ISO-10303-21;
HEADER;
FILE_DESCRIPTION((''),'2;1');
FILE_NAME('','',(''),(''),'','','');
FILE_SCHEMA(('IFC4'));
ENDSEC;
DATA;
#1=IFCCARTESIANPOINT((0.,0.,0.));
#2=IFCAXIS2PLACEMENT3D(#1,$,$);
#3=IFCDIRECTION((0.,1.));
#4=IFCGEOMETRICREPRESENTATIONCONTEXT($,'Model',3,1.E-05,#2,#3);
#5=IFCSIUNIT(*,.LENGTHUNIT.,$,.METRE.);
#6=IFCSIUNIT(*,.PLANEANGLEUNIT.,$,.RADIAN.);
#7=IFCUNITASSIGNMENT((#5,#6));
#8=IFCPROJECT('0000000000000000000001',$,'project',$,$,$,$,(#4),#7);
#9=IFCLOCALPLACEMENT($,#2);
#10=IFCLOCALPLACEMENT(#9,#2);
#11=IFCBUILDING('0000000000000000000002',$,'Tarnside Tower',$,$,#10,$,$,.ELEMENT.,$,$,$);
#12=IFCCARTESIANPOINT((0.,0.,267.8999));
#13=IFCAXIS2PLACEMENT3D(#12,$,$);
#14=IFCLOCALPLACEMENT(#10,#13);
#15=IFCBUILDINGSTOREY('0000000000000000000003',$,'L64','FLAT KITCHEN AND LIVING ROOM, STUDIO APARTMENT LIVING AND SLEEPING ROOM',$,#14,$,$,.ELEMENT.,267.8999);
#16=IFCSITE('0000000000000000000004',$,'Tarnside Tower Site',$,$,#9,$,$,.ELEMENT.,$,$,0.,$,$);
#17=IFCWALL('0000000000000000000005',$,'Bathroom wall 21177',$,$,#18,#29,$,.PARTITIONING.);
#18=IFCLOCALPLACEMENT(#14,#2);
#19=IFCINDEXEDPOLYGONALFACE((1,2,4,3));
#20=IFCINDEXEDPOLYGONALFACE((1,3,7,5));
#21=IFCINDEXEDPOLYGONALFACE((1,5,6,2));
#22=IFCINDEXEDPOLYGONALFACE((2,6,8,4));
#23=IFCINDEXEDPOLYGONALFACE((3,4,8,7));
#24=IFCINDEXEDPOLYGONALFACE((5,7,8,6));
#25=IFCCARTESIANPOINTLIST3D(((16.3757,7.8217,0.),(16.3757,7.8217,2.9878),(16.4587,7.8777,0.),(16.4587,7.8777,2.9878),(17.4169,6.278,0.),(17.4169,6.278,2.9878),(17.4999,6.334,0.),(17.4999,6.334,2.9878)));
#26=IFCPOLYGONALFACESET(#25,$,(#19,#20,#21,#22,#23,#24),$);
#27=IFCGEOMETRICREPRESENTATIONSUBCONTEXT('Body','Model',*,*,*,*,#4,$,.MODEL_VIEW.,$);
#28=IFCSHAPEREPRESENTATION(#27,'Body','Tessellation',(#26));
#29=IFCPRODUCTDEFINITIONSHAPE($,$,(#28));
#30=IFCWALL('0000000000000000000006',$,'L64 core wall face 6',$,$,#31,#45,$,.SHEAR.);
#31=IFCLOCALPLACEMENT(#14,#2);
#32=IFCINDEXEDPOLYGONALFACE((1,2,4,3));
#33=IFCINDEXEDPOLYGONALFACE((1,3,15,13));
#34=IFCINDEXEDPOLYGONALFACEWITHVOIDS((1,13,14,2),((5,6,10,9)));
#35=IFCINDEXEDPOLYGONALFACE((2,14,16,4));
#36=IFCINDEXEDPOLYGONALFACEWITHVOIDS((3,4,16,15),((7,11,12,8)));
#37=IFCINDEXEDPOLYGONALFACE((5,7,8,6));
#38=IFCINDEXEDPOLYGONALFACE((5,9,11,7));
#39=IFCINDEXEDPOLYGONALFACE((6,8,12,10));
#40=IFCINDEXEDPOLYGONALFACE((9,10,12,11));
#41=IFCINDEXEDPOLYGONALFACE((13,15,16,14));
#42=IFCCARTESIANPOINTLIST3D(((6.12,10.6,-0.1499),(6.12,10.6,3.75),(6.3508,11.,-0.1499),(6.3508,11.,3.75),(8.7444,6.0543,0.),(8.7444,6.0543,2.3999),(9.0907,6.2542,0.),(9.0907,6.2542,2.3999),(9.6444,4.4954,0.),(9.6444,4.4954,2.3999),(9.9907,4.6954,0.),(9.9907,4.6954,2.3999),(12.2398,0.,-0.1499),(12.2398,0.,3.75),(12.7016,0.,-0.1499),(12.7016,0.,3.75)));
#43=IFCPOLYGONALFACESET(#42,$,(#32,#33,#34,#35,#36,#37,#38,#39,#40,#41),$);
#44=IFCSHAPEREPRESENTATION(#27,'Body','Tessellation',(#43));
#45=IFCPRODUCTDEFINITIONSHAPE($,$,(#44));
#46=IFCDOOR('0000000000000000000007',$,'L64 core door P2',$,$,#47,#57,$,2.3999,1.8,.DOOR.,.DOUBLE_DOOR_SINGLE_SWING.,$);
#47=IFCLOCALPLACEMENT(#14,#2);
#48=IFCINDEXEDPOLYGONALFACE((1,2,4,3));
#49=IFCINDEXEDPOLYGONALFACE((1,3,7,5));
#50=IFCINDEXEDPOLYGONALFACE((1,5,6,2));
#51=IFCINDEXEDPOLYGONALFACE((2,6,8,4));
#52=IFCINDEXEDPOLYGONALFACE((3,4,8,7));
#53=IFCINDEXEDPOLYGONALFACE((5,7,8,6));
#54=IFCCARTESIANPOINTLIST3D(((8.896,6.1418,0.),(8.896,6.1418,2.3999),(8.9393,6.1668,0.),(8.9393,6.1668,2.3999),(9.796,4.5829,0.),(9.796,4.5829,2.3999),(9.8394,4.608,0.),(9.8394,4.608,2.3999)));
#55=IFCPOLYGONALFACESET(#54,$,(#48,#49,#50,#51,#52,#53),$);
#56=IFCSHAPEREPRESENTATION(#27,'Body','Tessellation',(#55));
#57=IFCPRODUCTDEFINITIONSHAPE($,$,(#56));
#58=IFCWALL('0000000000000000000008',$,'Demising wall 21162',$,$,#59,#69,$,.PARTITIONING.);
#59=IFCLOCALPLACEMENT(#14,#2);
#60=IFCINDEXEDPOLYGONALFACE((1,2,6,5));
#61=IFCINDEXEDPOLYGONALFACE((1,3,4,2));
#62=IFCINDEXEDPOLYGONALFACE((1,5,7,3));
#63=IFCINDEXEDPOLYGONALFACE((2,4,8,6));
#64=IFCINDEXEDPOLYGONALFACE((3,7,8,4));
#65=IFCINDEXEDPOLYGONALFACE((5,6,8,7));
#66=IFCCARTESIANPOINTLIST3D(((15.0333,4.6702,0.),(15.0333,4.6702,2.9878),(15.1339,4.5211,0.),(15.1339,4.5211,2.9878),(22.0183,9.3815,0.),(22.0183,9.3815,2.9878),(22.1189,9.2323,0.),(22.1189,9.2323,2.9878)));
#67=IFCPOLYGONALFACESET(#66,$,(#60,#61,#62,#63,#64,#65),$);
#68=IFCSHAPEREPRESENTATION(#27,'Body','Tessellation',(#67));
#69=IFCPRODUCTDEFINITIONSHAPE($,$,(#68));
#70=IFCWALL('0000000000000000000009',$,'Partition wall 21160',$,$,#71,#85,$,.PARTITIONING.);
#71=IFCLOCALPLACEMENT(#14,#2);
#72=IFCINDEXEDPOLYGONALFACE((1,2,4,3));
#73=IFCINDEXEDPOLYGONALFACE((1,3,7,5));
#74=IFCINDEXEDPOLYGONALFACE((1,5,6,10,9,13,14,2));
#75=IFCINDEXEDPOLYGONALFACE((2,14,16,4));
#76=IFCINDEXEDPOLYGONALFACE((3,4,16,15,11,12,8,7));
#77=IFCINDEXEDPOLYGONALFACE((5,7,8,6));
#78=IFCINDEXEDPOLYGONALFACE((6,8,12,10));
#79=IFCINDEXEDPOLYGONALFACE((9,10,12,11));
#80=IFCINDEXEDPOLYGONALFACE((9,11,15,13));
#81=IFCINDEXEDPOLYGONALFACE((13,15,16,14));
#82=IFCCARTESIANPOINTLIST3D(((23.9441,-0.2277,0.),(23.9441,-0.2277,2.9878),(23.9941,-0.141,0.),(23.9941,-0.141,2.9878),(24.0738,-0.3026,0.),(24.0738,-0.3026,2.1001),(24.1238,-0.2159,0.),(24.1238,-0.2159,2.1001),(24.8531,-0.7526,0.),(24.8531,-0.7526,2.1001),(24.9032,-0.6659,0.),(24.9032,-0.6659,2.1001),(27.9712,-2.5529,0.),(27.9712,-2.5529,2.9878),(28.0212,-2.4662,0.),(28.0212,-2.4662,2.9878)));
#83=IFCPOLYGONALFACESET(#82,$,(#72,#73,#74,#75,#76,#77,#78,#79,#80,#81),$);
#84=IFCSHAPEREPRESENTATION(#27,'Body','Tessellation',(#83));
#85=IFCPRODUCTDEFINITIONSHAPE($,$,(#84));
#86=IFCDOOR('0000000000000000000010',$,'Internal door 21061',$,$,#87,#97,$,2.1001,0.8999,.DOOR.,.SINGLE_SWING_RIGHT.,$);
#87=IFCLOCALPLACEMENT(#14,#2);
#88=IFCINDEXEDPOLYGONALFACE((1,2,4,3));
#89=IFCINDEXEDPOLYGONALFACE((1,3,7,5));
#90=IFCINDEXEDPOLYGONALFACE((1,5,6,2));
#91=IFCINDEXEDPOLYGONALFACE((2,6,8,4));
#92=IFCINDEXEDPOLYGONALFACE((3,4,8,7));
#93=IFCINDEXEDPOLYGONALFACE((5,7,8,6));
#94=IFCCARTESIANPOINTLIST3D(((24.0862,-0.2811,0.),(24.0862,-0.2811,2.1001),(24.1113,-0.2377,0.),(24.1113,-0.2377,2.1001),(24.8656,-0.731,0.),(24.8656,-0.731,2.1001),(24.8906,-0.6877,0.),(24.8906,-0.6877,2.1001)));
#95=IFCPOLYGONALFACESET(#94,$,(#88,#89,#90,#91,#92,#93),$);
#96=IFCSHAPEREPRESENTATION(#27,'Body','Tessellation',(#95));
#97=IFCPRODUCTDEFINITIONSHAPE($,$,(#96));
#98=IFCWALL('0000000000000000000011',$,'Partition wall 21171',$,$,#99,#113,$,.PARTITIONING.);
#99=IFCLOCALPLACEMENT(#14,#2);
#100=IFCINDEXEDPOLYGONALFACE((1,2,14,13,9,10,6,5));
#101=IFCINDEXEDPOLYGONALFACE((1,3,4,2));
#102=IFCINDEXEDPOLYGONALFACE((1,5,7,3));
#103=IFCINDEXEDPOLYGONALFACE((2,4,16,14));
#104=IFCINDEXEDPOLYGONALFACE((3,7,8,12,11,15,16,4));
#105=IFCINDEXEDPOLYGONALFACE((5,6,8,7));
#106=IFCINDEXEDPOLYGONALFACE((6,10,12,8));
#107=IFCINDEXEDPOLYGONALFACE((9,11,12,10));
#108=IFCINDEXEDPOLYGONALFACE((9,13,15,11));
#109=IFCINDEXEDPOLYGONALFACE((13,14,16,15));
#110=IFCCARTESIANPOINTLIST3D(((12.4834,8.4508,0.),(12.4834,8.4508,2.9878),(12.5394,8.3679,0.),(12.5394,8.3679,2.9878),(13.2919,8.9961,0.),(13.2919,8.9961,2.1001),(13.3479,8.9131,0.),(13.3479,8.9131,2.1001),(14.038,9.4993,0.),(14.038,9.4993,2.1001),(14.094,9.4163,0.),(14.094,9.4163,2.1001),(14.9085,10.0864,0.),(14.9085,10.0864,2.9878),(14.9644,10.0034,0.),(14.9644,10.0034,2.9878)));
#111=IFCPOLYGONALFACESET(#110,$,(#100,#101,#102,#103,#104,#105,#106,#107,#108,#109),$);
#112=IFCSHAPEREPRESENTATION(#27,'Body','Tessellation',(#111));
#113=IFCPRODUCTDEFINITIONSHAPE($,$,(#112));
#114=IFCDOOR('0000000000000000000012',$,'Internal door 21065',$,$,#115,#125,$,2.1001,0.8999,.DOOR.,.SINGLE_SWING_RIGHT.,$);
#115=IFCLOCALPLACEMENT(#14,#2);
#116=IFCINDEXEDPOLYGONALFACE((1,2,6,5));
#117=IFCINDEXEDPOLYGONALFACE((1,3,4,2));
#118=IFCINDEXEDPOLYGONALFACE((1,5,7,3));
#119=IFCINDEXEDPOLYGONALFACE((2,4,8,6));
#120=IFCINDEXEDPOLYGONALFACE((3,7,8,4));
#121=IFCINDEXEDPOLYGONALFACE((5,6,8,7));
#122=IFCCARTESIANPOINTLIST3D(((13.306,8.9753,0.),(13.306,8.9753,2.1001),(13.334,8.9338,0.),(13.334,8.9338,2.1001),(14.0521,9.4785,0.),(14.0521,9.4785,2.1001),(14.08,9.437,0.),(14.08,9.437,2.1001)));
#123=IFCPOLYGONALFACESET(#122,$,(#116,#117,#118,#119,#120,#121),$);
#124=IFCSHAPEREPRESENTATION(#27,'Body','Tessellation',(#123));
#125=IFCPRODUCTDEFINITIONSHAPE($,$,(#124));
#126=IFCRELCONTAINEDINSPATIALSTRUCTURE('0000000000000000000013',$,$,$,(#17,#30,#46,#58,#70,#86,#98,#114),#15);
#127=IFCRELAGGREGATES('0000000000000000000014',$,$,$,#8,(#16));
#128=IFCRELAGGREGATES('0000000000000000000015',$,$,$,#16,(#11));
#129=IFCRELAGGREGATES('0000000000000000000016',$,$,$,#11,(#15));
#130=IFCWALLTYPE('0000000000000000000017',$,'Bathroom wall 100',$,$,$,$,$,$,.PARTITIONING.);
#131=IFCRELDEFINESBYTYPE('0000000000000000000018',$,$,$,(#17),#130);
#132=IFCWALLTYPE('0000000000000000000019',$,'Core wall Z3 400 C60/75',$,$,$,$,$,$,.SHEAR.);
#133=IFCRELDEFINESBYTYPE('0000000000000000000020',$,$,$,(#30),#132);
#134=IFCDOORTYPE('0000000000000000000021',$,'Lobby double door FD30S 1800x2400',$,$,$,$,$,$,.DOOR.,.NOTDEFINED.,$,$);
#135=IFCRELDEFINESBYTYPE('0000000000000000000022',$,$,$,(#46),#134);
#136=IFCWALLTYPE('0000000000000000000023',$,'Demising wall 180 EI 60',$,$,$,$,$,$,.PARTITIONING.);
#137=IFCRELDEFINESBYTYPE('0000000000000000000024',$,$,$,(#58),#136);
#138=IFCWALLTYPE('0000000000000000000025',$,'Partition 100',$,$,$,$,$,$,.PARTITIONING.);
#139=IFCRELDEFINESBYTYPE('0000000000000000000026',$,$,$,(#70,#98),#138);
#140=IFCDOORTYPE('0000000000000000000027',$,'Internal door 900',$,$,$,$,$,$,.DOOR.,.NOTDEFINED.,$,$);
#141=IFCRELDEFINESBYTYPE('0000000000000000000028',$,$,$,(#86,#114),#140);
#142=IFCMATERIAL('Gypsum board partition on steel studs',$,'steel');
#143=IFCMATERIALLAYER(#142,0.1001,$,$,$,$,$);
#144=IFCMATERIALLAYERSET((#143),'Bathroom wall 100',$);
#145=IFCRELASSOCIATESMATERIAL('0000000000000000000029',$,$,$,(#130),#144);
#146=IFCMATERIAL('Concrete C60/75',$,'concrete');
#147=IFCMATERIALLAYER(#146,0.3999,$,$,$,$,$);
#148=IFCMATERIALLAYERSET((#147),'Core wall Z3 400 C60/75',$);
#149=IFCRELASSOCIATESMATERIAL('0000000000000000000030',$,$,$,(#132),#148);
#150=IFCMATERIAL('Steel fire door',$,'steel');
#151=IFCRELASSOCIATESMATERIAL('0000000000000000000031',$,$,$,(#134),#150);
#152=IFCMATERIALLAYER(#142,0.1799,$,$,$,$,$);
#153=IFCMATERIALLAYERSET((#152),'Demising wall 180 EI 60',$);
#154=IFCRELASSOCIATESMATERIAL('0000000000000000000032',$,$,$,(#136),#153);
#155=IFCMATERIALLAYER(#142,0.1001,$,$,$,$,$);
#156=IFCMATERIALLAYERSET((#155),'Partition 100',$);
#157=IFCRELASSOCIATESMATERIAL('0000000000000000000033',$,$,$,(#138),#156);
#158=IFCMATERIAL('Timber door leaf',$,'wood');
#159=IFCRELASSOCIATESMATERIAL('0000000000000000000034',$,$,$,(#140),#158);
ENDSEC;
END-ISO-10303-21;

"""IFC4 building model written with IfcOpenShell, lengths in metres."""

from ifc_helpers import new_model, si_unit, direction, frame, frame_2d, origin, place, context, subcontext, project, spatial, polyline, rectangle, outline, extrude, material, layer, layer_set, type_object, element, fill, save


model = new_model("IFC4")

# Units and contexts
model_context = context("Model", 3, precision=1e-05, world=origin(), true_north=direction((0.0, 1.0)))
body_context = subcontext(model_context, "Body", "Model", "MODEL_VIEW")
ifc_project = project(units=[si_unit("LENGTHUNIT", "METRE"), si_unit("PLANEANGLEUNIT", "RADIAN")], contexts=[model_context])

# Site, building, storey
site_placement = place(None, origin())
site = spatial("IfcSite", under=ifc_project, at=site_placement, Name="Tarnside Tower Site", CompositionType="ELEMENT", RefElevation=0.0)
building_placement = place(site_placement, origin())
building = spatial("IfcBuilding", under=site, at=building_placement, Name="Tarnside Tower", CompositionType="ELEMENT")
storey_placement = place(building_placement, frame((0.0, 0.0, 267.8999)))
storey = spatial("IfcBuildingStorey", under=building, at=storey_placement, Name="L64", Description="FLAT KITCHEN AND LIVING ROOM, STUDIO APARTMENT LIVING AND SLEEPING ROOM", CompositionType="ELEMENT", Elevation=267.8999)

# Shared definitions
ifc_material_1 = material(Name="Gypsum board partition on steel studs", Category="steel")
ifc_layer_1 = layer(ifc_material_1, 0.1001)
ifc_layer_set_1 = layer_set([ifc_layer_1], Name="Bathroom wall 100")
wall_type_1 = type_object("IfcWallType", Name="Bathroom wall 100", PredefinedType="PARTITIONING", material=ifc_layer_set_1)

# Shared definitions
ifc_material_2 = material(Name="Timber door leaf", Category="wood")

# Wall
wall_1_placement = place(storey_placement, frame((17.4585, 6.3059, 0.0), z_axis=(0.0, 0.0, 1.0), x_axis=(-0.5592, 0.829033, 0.0)))
element("IfcWall", 1, at=wall_1_placement, inside=storey, type_object=wall_type_1, Name="Bathroom wall 21177", PredefinedType="PARTITIONING", context=body_context, shape_type="SweptSolid", body=[
    extrude(rectangle(XDim=1.8621, YDim=0.1001, at=frame_2d((0.9312, 0.0))), origin(), (0.0, 0.0, 1.0), 2.9878),
])

# Wall, opening, door
ifc_material_3 = material(Name="Concrete C60/75", Category="concrete")
ifc_layer_2 = layer(ifc_material_3, 0.3999)
ifc_layer_set_2 = layer_set([ifc_layer_2], Name="Core wall Z3 400 C60/75")
wall_type_2 = type_object("IfcWallType", Name="Core wall Z3 400 C60/75", PredefinedType="SHEAR", material=ifc_layer_set_2)
wall_2_placement = place(storey_placement, frame((12.4707, 0.0, -0.1499), z_axis=(0.0, 0.0, 1.0), x_axis=(-0.499996, 0.866027, 0.0)))
wall_2 = element("IfcWall", 2, at=wall_2_placement, inside=storey, type_object=wall_type_2, Name="L64 core wall face 6", PredefinedType="SHEAR", context=body_context, shape_type="SweptSolid", body=[
    extrude(outline(polyline([(-0.1155, -0.2), (12.5862, -0.2), (12.3552, 0.2), (0.1155, 0.2), (-0.1155, -0.2)])), origin(), (0.0, 0.0, 1.0), 3.8999),
])
opening_1_placement = place(wall_2_placement, frame((5.3064, 0.0, 0.1499)))
opening_1 = element("IfcOpeningElement", 3, at=opening_1_placement, cuts=wall_2, PredefinedType="OPENING", context=body_context, shape_type="SweptSolid", body=[
    extrude(rectangle(XDim=1.8, YDim=2.3999, at=frame_2d((0.8999, 1.2))), frame((0.0, 0.21, 0.0), z_axis=(0.0, -1.0, 0.0), x_axis=(1.0, 0.0, 0.0)), (0.0, 0.0, 1.0), 0.4199),
])
ifc_material_4 = material(Name="Steel fire door", Category="steel")
door_type_1 = type_object("IfcDoorType", Name="Lobby double door FD30S 1800x2400", OperationType="NOTDEFINED", PredefinedType="DOOR", material=ifc_material_4)
door_1_placement = place(opening_1_placement, origin())
door_1 = element("IfcDoor", 4, at=door_1_placement, inside=storey, type_object=door_type_1, Name="L64 core door P2", OperationType="DOUBLE_DOOR_SINGLE_SWING", OverallHeight=2.3999, OverallWidth=1.8, PredefinedType="DOOR", context=body_context, shape_type="SweptSolid", body=[
    extrude(rectangle(XDim=1.8, YDim=2.3999, at=frame_2d((0.8999, 1.2))), frame((0.0, 0.0249, 0.0), z_axis=(0.0, -1.0, 0.0), x_axis=(1.0, 0.0, 0.0)), (0.0, 0.0, 1.0), 0.05),
])
fill(opening_1, door_1)

# Wall
ifc_layer_3 = layer(ifc_material_1, 0.1799)
ifc_layer_set_3 = layer_set([ifc_layer_3], Name="Demising wall 180 EI 60")
wall_type_3 = type_object("IfcWallType", Name="Demising wall 180 EI 60", PredefinedType="PARTITIONING", material=ifc_layer_set_3)
wall_3_placement = place(storey_placement, frame((22.0686, 9.3069, 0.0), z_axis=(0.0, 0.0, 1.0), x_axis=(-0.829047, -0.559179, 0.0)))
element("IfcWall", 5, at=wall_3_placement, inside=storey, type_object=wall_type_3, Name="Demising wall 21162", PredefinedType="PARTITIONING", context=body_context, shape_type="SweptSolid", body=[
    extrude(rectangle(XDim=8.4253, YDim=0.1799, at=frame_2d((4.2126, 0.0))), origin(), (0.0, 0.0, 1.0), 2.9878),
])

# Walls, openings, doors
ifc_layer_4 = layer(ifc_material_1, 0.1001)
ifc_layer_set_4 = layer_set([ifc_layer_4], Name="Partition 100")
wall_type_4 = type_object("IfcWallType", Name="Partition 100", PredefinedType="PARTITIONING", material=ifc_layer_set_4)
wall_4_placement = place(storey_placement, frame((23.969, -0.1843, 0.0), z_axis=(0.0, 0.0, 1.0), x_axis=(0.866012, -0.500024, 0.0)))
wall_4 = element("IfcWall", 6, at=wall_4_placement, inside=storey, type_object=wall_type_4, Name="Partition wall 21160", PredefinedType="PARTITIONING", context=body_context, shape_type="SweptSolid", body=[
    extrude(rectangle(XDim=4.6501, YDim=0.1001, at=frame_2d((2.3252, 0.0))), origin(), (0.0, 0.0, 1.0), 2.9878),
])
opening_2_placement = place(wall_4_placement, frame((0.1499, 0.0, 0.0)))
opening_2 = element("IfcOpeningElement", 7, at=opening_2_placement, cuts=wall_4, PredefinedType="OPENING", context=body_context, shape_type="SweptSolid", body=[
    extrude(rectangle(XDim=0.8999, YDim=2.1001, at=frame_2d((0.45, 1.05))), frame((0.0, 0.0601, 0.0), z_axis=(0.0, -1.0, 0.0), x_axis=(1.0, 0.0, 0.0)), (0.0, 0.0, 1.0), 0.1201),
])
door_type_2 = type_object("IfcDoorType", Name="Internal door 900", OperationType="NOTDEFINED", PredefinedType="DOOR", material=ifc_material_2)
door_2_placement = place(opening_2_placement, origin())
door_2 = element("IfcDoor", 8, at=door_2_placement, inside=storey, type_object=door_type_2, Name="Internal door 21061", OperationType="SINGLE_SWING_RIGHT", OverallHeight=2.1001, OverallWidth=0.8999, PredefinedType="DOOR", context=body_context, shape_type="SweptSolid", body=[
    extrude(rectangle(XDim=0.8999, YDim=2.1001, at=frame_2d((0.45, 1.05))), frame((0.0, 0.0249, 0.0), z_axis=(0.0, -1.0, 0.0), x_axis=(1.0, 0.0, 0.0)), (0.0, 0.0, 1.0), 0.05),
])
fill(opening_2, door_2)
wall_5_placement = place(storey_placement, frame((12.5115, 8.4094, 0.0), z_axis=(0.0, 0.0, 1.0), x_axis=(0.829072, 0.559142, 0.0)))
wall_5 = element("IfcWall", 9, at=wall_5_placement, inside=storey, type_object=wall_type_4, Name="Partition wall 21171", PredefinedType="PARTITIONING", context=body_context, shape_type="SweptSolid", body=[
    extrude(rectangle(XDim=2.925, YDim=0.1001, at=frame_2d((1.4624, 0.0))), origin(), (0.0, 0.0, 1.0), 2.9878),
])
opening_3_placement = place(wall_5_placement, frame((0.9751, 0.0, 0.0)))
opening_3 = element("IfcOpeningElement", 10, at=opening_3_placement, cuts=wall_5, PredefinedType="OPENING", context=body_context, shape_type="SweptSolid", body=[
    extrude(rectangle(XDim=0.8999, YDim=2.1001, at=frame_2d((0.45, 1.05))), frame((0.0, 0.0601, 0.0), z_axis=(0.0, -1.0, 0.0), x_axis=(1.0, 0.0, 0.0)), (0.0, 0.0, 1.0), 0.1201),
])
door_3_placement = place(opening_3_placement, origin())
door_3 = element("IfcDoor", 11, at=door_3_placement, inside=storey, type_object=door_type_2, Name="Internal door 21065", OperationType="SINGLE_SWING_RIGHT", OverallHeight=2.1001, OverallWidth=0.8999, PredefinedType="DOOR", context=body_context, shape_type="SweptSolid", body=[
    extrude(rectangle(XDim=0.8999, YDim=2.1001, at=frame_2d((0.45, 1.05))), frame((0.0, 0.0249, 0.0), z_axis=(0.0, -1.0, 0.0), x_axis=(1.0, 0.0, 0.0)), (0.0, 0.0, 1.0), 0.05),
])
fill(opening_3, door_3)

save(model, "model.ifc")
